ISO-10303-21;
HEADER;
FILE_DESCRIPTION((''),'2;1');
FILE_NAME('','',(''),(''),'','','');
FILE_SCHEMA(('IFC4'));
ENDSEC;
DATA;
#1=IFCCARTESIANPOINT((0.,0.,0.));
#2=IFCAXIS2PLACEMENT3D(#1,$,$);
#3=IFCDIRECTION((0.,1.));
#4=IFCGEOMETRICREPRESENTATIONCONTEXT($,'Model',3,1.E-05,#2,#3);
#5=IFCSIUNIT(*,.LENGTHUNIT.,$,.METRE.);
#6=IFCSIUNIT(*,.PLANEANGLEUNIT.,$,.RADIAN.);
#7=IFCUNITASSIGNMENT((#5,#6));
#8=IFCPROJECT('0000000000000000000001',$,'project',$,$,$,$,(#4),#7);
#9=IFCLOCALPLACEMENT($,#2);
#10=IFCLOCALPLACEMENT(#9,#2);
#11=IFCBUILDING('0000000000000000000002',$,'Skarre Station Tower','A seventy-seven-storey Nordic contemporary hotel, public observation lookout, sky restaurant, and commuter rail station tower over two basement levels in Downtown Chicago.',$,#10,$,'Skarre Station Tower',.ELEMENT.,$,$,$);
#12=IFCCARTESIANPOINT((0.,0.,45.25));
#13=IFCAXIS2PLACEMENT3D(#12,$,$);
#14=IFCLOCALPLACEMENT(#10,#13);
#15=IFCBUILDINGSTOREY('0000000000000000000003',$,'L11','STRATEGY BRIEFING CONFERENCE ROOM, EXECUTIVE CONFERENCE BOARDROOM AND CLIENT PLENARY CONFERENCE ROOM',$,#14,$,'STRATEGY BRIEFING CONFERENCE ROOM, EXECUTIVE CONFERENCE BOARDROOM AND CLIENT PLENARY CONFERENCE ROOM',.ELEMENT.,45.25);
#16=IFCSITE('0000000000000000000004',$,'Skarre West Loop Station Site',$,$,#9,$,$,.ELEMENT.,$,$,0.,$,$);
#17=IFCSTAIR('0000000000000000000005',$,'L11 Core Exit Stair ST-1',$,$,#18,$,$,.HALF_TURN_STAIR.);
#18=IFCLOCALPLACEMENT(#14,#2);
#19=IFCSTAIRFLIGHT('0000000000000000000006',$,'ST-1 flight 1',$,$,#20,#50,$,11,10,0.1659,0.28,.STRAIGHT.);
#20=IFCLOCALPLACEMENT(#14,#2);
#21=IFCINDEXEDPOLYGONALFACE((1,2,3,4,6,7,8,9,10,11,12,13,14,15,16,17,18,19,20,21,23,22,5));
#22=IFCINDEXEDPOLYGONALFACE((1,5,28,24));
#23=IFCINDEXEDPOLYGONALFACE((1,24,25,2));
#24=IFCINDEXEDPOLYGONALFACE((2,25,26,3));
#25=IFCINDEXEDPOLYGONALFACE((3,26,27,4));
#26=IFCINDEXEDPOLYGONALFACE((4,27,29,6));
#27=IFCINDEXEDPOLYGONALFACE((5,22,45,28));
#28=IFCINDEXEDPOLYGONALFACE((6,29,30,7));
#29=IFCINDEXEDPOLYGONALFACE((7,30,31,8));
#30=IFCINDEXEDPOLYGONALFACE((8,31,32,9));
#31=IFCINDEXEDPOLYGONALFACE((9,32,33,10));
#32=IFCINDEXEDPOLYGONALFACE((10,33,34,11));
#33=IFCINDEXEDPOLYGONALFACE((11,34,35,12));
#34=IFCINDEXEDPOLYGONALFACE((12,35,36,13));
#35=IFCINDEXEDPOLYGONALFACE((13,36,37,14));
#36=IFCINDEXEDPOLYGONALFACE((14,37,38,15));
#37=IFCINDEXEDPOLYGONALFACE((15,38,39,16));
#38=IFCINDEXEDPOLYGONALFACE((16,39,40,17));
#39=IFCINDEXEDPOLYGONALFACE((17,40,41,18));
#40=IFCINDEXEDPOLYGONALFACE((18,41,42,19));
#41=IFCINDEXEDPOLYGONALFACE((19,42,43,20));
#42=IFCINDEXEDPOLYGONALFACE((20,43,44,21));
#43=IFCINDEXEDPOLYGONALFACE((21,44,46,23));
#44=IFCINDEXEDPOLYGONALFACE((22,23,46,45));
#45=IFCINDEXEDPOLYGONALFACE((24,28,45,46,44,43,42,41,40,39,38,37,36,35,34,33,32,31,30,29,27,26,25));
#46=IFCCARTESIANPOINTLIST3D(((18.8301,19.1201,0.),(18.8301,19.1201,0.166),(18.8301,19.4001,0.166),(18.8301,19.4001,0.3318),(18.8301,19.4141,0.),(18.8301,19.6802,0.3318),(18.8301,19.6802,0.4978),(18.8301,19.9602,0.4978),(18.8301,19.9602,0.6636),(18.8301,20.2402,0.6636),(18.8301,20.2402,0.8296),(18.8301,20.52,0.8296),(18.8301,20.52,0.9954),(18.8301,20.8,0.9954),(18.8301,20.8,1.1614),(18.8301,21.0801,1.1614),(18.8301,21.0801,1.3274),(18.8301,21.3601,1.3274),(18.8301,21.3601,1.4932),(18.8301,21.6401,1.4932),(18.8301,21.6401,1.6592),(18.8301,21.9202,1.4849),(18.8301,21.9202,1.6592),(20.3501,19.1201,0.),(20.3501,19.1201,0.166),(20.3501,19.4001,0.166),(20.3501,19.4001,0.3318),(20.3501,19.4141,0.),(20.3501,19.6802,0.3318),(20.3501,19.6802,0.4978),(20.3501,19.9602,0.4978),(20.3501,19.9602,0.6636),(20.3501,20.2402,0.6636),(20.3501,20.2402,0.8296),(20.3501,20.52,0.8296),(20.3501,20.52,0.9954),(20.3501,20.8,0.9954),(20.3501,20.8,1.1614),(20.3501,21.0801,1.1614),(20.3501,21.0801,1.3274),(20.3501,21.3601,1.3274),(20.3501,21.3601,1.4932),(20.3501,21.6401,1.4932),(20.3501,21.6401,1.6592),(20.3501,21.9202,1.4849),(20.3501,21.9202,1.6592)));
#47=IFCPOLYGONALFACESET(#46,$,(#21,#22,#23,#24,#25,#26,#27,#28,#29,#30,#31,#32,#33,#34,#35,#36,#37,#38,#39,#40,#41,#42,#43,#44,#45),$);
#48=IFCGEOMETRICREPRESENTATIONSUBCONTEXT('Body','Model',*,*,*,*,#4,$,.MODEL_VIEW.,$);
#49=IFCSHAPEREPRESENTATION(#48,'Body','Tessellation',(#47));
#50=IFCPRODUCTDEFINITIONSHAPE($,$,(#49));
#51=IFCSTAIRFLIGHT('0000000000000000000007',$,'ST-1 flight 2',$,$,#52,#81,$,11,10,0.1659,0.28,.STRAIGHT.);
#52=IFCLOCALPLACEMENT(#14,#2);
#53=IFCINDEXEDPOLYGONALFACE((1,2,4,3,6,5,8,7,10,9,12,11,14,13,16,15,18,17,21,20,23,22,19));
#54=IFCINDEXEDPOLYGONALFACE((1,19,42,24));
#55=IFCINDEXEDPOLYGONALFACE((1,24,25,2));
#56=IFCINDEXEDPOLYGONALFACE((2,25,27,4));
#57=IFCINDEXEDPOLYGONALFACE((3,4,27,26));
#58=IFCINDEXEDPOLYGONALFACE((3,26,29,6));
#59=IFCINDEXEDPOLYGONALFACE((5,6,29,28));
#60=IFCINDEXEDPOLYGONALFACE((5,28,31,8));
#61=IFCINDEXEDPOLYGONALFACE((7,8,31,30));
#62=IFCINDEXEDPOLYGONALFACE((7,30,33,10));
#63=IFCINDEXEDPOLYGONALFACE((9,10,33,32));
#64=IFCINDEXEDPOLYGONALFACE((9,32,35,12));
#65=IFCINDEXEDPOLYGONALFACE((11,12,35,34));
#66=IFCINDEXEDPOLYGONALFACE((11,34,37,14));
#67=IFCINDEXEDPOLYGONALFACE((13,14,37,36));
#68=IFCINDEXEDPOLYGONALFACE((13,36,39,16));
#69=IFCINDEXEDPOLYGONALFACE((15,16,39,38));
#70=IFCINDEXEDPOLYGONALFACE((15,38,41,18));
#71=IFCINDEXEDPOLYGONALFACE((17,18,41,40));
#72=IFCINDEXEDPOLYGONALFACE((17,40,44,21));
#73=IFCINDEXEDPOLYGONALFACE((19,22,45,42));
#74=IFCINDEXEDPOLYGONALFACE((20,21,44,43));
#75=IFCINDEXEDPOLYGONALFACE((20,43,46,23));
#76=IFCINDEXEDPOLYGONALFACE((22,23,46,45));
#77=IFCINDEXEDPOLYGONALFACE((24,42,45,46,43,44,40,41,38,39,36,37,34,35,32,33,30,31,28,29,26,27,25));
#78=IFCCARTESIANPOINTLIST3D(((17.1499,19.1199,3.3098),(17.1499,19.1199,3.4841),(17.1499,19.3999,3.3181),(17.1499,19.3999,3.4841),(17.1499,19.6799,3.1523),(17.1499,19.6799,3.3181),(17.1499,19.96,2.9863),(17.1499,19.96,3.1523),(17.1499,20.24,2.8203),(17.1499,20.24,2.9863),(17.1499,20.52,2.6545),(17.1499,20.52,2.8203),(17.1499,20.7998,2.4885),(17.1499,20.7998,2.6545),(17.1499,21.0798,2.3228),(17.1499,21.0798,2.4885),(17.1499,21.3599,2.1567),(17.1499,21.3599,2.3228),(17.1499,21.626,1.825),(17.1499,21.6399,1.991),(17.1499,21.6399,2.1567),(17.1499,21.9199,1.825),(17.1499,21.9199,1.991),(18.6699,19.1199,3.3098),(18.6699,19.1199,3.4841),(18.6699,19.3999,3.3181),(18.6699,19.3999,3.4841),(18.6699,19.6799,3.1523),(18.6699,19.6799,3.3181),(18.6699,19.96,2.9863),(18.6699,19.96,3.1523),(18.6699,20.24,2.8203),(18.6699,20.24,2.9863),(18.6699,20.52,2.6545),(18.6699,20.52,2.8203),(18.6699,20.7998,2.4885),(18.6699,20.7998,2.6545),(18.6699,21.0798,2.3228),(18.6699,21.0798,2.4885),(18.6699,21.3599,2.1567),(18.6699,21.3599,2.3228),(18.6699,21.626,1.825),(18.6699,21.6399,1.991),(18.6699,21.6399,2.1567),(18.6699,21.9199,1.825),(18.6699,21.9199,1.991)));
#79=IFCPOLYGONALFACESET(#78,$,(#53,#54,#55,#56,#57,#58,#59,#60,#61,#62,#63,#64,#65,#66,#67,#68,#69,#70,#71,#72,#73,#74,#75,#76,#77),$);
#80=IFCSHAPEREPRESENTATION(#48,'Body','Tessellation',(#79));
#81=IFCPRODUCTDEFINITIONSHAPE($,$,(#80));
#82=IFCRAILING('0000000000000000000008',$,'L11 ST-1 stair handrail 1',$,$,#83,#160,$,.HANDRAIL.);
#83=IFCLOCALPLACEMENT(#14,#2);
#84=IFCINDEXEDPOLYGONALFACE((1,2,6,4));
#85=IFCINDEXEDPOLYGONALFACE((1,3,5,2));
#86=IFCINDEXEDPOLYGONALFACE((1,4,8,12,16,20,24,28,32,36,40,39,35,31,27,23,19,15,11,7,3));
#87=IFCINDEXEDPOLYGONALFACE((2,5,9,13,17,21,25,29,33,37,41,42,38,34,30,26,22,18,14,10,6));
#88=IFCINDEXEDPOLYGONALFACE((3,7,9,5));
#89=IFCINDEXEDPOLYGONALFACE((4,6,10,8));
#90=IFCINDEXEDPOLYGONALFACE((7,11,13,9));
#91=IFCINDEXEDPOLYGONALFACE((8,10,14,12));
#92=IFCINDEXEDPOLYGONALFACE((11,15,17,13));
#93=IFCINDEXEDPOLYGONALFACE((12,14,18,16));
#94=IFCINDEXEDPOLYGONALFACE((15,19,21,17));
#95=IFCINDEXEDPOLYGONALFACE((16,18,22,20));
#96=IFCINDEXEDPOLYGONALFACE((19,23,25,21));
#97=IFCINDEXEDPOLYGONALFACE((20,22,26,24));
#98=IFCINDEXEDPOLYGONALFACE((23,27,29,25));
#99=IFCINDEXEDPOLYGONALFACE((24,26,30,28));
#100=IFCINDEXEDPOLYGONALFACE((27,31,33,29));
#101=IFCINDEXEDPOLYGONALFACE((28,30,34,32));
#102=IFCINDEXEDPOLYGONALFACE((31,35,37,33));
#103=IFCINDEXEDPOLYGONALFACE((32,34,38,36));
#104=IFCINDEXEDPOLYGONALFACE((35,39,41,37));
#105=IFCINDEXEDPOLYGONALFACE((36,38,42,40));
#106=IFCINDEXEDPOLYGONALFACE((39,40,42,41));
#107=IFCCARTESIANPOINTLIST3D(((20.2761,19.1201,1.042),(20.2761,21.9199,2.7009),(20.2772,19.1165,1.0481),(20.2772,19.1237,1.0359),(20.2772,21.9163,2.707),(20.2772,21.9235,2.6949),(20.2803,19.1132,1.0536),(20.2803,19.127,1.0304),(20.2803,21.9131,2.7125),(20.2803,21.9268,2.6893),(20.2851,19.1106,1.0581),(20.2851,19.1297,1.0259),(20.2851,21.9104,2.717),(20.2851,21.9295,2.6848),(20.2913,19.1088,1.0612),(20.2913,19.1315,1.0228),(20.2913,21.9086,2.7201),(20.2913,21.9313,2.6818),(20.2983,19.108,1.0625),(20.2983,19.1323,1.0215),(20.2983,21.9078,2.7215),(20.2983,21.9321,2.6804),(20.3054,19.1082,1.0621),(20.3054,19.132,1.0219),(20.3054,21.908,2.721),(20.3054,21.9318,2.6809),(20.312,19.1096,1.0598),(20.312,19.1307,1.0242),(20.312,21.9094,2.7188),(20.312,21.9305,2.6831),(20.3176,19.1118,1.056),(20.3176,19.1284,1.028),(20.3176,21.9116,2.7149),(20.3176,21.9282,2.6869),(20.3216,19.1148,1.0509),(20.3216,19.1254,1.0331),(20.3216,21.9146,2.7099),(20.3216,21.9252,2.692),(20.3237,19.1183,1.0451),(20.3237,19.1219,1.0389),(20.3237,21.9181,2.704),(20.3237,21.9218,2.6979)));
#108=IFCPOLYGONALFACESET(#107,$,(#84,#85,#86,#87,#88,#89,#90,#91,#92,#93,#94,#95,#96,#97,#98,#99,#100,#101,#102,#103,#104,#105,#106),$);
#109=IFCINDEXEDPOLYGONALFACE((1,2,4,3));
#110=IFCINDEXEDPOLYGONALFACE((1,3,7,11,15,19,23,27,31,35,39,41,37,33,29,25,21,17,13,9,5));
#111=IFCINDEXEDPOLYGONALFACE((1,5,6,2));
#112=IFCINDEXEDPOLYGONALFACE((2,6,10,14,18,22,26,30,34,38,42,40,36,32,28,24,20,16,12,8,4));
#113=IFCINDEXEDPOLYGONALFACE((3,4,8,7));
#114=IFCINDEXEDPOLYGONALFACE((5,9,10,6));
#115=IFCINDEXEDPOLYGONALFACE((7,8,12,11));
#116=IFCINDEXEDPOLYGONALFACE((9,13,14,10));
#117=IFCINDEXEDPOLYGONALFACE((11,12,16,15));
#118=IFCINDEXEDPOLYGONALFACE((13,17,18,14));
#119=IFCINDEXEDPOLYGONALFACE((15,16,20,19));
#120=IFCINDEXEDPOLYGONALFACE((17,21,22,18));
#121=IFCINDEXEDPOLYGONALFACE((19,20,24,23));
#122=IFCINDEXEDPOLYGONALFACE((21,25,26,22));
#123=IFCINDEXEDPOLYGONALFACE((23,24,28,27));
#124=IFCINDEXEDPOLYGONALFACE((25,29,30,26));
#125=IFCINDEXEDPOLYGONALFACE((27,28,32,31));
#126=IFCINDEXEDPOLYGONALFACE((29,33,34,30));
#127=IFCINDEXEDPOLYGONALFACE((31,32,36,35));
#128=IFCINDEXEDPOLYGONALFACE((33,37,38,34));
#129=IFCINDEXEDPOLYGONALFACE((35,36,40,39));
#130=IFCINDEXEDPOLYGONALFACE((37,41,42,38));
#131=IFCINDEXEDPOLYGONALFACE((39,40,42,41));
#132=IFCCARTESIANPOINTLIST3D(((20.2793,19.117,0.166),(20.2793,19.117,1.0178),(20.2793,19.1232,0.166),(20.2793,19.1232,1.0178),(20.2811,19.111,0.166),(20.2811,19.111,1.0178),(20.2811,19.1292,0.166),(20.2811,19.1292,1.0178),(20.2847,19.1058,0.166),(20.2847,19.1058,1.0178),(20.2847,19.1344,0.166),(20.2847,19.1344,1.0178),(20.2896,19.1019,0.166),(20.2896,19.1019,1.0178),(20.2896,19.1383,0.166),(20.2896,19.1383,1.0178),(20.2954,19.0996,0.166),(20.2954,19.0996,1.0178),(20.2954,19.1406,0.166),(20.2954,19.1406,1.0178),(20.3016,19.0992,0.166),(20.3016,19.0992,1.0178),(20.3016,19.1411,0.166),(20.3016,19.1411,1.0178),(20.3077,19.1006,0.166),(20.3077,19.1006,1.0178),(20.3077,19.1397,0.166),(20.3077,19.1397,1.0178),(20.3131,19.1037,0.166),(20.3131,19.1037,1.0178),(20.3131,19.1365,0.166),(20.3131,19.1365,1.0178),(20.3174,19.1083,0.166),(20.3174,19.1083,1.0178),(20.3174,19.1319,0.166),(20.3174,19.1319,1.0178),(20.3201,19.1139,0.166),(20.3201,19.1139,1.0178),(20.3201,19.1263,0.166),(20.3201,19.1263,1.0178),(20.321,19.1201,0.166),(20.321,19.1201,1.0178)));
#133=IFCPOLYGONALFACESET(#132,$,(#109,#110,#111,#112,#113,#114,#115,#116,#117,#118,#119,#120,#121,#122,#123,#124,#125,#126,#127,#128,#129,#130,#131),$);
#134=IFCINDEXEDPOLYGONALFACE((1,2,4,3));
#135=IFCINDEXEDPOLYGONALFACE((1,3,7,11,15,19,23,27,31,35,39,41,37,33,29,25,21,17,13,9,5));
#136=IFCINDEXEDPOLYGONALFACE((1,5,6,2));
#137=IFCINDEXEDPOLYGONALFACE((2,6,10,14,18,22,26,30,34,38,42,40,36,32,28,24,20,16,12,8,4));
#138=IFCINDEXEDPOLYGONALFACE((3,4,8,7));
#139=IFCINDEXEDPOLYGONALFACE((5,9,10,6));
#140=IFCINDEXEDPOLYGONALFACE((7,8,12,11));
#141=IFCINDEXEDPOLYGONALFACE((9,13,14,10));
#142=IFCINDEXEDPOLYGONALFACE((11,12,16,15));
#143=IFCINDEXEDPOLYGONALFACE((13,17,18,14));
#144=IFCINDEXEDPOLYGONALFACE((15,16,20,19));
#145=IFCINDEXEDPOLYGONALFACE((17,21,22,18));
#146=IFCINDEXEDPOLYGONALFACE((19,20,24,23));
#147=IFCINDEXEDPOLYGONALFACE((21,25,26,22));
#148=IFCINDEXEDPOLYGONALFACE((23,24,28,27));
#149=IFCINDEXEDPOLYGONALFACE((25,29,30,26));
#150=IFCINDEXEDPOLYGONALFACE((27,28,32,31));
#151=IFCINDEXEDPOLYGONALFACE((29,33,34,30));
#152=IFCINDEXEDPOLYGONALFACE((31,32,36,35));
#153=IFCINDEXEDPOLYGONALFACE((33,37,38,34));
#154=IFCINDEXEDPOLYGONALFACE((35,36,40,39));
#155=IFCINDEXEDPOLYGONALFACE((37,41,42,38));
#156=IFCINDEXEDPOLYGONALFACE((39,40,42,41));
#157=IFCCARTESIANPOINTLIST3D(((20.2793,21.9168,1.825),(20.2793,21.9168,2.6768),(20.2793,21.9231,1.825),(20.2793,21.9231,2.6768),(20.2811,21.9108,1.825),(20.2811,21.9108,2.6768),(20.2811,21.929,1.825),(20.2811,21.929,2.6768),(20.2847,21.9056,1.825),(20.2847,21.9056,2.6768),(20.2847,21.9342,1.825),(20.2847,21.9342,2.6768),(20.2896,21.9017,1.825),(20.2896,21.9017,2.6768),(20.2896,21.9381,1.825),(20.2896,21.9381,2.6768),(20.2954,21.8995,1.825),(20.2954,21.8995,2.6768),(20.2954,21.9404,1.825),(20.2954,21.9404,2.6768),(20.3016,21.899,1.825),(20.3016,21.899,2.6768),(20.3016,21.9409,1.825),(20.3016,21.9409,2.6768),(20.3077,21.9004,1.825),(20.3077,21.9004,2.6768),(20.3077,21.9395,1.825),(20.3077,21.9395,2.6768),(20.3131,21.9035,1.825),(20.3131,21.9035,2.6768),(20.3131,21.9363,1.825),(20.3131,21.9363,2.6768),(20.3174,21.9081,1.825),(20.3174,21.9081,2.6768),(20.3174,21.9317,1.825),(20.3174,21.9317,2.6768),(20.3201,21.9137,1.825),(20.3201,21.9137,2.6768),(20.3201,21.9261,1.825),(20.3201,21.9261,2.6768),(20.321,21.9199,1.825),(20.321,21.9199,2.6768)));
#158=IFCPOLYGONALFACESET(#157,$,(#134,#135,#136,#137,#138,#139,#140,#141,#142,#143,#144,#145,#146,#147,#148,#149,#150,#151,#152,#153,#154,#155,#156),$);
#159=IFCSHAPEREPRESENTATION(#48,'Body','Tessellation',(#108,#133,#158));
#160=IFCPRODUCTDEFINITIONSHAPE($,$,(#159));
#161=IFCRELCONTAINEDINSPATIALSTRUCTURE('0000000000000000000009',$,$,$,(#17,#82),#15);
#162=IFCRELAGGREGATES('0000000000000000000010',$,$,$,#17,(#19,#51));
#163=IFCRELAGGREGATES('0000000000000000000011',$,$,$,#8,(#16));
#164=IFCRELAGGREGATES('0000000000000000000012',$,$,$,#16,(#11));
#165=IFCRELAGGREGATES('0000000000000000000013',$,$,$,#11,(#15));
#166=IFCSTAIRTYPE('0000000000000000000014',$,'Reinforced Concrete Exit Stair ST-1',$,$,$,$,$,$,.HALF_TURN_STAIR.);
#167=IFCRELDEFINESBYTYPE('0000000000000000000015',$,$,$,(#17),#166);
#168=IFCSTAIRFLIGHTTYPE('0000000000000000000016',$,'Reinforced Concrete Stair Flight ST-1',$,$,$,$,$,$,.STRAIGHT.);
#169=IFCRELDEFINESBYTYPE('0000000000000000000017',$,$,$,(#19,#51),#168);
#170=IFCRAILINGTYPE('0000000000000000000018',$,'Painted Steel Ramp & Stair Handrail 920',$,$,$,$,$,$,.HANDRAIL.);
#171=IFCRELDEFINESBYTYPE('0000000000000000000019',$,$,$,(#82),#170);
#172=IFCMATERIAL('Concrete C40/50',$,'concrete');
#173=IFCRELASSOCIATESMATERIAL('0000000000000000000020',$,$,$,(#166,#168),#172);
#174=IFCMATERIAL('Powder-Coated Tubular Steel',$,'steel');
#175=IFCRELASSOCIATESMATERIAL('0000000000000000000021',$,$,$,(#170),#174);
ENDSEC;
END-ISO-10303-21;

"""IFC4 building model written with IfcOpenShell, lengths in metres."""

from ifc_helpers import new_model, si_unit, direction, frame, origin, origin_2d, place, context, subcontext, project, spatial, polyline, circle, outline, extrude, material, type_object, element, aggregate, save


model = new_model("IFC4")

# Units and contexts
model_context = context("Model", 3, precision=1e-05, world=origin(), true_north=direction((0.0, 1.0)))
body_context = subcontext(model_context, "Body", "Model", "MODEL_VIEW")
ifc_project = project(units=[si_unit("LENGTHUNIT", "METRE"), si_unit("PLANEANGLEUNIT", "RADIAN")], contexts=[model_context])

# Site, building, storey
site_placement = place(None, origin())
site = spatial("IfcSite", under=ifc_project, at=site_placement, Name="Skarre West Loop Station Site", CompositionType="ELEMENT", RefElevation=0.0)
building_placement = place(site_placement, origin())
building = spatial("IfcBuilding", under=site, at=building_placement, Name="Skarre Station Tower", Description="A seventy-seven-storey Nordic contemporary hotel, public observation lookout, sky restaurant, and commuter rail station tower over two basement levels in Downtown Chicago.", LongName="Skarre Station Tower", CompositionType="ELEMENT")
storey_placement = place(building_placement, frame((0.0, 0.0, 45.25)))
storey = spatial("IfcBuildingStorey", under=building, at=storey_placement, Name="L11", Description="STRATEGY BRIEFING CONFERENCE ROOM, EXECUTIVE CONFERENCE BOARDROOM AND CLIENT PLENARY CONFERENCE ROOM", LongName="STRATEGY BRIEFING CONFERENCE ROOM, EXECUTIVE CONFERENCE BOARDROOM AND CLIENT PLENARY CONFERENCE ROOM", CompositionType="ELEMENT", Elevation=45.25)

# Stair
ifc_material_1 = material(Name="Concrete C40/50", Category="concrete")
stair_type_1 = type_object("IfcStairType", Name="Reinforced Concrete Exit Stair ST-1", PredefinedType="HALF_TURN_STAIR", material=ifc_material_1)
stair_1_placement = place(storey_placement, origin())
stair_1 = element("IfcStair", 1, at=stair_1_placement, inside=storey, type_object=stair_type_1, Name="L11 Core Exit Stair ST-1", PredefinedType="HALF_TURN_STAIR")

# Stair flights
stair_flight_type = type_object("IfcStairFlightType", Name="Reinforced Concrete Stair Flight ST-1", PredefinedType="STRAIGHT", material=ifc_material_1)
stair_flight_1_placement = place(storey_placement, frame((19.5901, 19.1201, 0.0), z_axis=(0.0, 0.0, 1.0), x_axis=(0.0, 1.0, 0.0)))
stair_flight_1 = element("IfcStairFlight", 2, at=stair_flight_1_placement, type_object=stair_flight_type, Name="ST-1 flight 1", NumberOfRisers=11, NumberOfTreads=10, PredefinedType="STRAIGHT", RiserHeight=0.1659, TreadLength=0.28, context=body_context, shape_type="SweptSolid", body=[
    extrude(outline(polyline([(0.0, 0.0), (0.0, 0.166), (0.28, 0.166), (0.28, 0.3318), (0.5601, 0.3318), (0.5601, 0.4978), (0.8401, 0.4978), (0.8401, 0.6636), (1.1201, 0.6636), (1.1201, 0.8296), (1.3999, 0.8296), (1.3999, 0.9954), (1.6799, 0.9954), (1.6799, 1.1614), (1.96, 1.1614), (1.96, 1.3274), (2.24, 1.3274), (2.24, 1.4932), (2.52, 1.4932), (2.52, 1.6592), (2.8, 1.6592), (2.8, 1.825), (2.8, 1.4849), (0.2939, 0.0), (0.0, 0.0)])), frame((0.0, 0.76, 0.0), z_axis=(0.0, -1.0, 0.0), x_axis=(1.0, 0.0, 0.0)), (0.0, 0.0, 1.0), 1.52),
])
stair_flight_2_placement = place(storey_placement, frame((17.9099, 21.9199, 1.825), z_axis=(0.0, 0.0, 1.0), x_axis=(0.0, -1.0, 0.0)))
stair_flight_2 = element("IfcStairFlight", 3, at=stair_flight_2_placement, type_object=stair_flight_type, Name="ST-1 flight 2", NumberOfRisers=11, NumberOfTreads=10, PredefinedType="STRAIGHT", RiserHeight=0.1659, TreadLength=0.28, context=body_context, shape_type="SweptSolid", body=[
    extrude(outline(polyline([(0.0, 0.0), (0.0, 0.166), (0.28, 0.166), (0.28, 0.3318), (0.5601, 0.3318), (0.5601, 0.4978), (0.8401, 0.4978), (0.8401, 0.6636), (1.1201, 0.6636), (1.1201, 0.8296), (1.3999, 0.8296), (1.3999, 0.9954), (1.6799, 0.9954), (1.6799, 1.1614), (1.96, 1.1614), (1.96, 1.3274), (2.24, 1.3274), (2.24, 1.4932), (2.52, 1.4932), (2.52, 1.6592), (2.8, 1.6592), (2.8, 1.825), (2.8, 1.4849), (0.2939, 0.0), (0.0, 0.0)])), frame((0.0, 0.76, 0.0), z_axis=(0.0, -1.0, 0.0), x_axis=(1.0, 0.0, 0.0)), (0.0, 0.0, 1.0), 1.52),
])
aggregate(stair_1, [stair_flight_1, stair_flight_2])

# Railing
ifc_material_2 = material(Name="Powder-Coated Tubular Steel", Category="steel")
railing_type_1 = type_object("IfcRailingType", Name="Painted Steel Ramp & Stair Handrail 920", PredefinedType="HANDRAIL", material=ifc_material_2)
railing_1_placement = place(storey_placement, frame((20.3, 19.1201, 0.166)))
element("IfcRailing", 4, at=railing_1_placement, inside=storey, type_object=railing_type_1, Name="L11 ST-1 stair handrail 1", PredefinedType="HANDRAIL", context=body_context, shape_type="SweptSolid", body=[
    extrude(circle(Radius=0.0239, at=origin_2d()), frame((0.0, 0.0, 0.876), z_axis=(0.0, 0.86032, 0.509755), x_axis=(-1.0, 0.0, 0.0)), (0.0, 0.0, 1.0), 3.2544),
    extrude(circle(Radius=0.021, at=origin_2d()), origin(), (0.0, 0.0, 1.0), 0.8518),
    extrude(circle(Radius=0.021, at=origin_2d()), frame((0.0, 2.7998, 1.6589)), (0.0, 0.0, 1.0), 0.8518),
])

save(model, "model.ifc")
